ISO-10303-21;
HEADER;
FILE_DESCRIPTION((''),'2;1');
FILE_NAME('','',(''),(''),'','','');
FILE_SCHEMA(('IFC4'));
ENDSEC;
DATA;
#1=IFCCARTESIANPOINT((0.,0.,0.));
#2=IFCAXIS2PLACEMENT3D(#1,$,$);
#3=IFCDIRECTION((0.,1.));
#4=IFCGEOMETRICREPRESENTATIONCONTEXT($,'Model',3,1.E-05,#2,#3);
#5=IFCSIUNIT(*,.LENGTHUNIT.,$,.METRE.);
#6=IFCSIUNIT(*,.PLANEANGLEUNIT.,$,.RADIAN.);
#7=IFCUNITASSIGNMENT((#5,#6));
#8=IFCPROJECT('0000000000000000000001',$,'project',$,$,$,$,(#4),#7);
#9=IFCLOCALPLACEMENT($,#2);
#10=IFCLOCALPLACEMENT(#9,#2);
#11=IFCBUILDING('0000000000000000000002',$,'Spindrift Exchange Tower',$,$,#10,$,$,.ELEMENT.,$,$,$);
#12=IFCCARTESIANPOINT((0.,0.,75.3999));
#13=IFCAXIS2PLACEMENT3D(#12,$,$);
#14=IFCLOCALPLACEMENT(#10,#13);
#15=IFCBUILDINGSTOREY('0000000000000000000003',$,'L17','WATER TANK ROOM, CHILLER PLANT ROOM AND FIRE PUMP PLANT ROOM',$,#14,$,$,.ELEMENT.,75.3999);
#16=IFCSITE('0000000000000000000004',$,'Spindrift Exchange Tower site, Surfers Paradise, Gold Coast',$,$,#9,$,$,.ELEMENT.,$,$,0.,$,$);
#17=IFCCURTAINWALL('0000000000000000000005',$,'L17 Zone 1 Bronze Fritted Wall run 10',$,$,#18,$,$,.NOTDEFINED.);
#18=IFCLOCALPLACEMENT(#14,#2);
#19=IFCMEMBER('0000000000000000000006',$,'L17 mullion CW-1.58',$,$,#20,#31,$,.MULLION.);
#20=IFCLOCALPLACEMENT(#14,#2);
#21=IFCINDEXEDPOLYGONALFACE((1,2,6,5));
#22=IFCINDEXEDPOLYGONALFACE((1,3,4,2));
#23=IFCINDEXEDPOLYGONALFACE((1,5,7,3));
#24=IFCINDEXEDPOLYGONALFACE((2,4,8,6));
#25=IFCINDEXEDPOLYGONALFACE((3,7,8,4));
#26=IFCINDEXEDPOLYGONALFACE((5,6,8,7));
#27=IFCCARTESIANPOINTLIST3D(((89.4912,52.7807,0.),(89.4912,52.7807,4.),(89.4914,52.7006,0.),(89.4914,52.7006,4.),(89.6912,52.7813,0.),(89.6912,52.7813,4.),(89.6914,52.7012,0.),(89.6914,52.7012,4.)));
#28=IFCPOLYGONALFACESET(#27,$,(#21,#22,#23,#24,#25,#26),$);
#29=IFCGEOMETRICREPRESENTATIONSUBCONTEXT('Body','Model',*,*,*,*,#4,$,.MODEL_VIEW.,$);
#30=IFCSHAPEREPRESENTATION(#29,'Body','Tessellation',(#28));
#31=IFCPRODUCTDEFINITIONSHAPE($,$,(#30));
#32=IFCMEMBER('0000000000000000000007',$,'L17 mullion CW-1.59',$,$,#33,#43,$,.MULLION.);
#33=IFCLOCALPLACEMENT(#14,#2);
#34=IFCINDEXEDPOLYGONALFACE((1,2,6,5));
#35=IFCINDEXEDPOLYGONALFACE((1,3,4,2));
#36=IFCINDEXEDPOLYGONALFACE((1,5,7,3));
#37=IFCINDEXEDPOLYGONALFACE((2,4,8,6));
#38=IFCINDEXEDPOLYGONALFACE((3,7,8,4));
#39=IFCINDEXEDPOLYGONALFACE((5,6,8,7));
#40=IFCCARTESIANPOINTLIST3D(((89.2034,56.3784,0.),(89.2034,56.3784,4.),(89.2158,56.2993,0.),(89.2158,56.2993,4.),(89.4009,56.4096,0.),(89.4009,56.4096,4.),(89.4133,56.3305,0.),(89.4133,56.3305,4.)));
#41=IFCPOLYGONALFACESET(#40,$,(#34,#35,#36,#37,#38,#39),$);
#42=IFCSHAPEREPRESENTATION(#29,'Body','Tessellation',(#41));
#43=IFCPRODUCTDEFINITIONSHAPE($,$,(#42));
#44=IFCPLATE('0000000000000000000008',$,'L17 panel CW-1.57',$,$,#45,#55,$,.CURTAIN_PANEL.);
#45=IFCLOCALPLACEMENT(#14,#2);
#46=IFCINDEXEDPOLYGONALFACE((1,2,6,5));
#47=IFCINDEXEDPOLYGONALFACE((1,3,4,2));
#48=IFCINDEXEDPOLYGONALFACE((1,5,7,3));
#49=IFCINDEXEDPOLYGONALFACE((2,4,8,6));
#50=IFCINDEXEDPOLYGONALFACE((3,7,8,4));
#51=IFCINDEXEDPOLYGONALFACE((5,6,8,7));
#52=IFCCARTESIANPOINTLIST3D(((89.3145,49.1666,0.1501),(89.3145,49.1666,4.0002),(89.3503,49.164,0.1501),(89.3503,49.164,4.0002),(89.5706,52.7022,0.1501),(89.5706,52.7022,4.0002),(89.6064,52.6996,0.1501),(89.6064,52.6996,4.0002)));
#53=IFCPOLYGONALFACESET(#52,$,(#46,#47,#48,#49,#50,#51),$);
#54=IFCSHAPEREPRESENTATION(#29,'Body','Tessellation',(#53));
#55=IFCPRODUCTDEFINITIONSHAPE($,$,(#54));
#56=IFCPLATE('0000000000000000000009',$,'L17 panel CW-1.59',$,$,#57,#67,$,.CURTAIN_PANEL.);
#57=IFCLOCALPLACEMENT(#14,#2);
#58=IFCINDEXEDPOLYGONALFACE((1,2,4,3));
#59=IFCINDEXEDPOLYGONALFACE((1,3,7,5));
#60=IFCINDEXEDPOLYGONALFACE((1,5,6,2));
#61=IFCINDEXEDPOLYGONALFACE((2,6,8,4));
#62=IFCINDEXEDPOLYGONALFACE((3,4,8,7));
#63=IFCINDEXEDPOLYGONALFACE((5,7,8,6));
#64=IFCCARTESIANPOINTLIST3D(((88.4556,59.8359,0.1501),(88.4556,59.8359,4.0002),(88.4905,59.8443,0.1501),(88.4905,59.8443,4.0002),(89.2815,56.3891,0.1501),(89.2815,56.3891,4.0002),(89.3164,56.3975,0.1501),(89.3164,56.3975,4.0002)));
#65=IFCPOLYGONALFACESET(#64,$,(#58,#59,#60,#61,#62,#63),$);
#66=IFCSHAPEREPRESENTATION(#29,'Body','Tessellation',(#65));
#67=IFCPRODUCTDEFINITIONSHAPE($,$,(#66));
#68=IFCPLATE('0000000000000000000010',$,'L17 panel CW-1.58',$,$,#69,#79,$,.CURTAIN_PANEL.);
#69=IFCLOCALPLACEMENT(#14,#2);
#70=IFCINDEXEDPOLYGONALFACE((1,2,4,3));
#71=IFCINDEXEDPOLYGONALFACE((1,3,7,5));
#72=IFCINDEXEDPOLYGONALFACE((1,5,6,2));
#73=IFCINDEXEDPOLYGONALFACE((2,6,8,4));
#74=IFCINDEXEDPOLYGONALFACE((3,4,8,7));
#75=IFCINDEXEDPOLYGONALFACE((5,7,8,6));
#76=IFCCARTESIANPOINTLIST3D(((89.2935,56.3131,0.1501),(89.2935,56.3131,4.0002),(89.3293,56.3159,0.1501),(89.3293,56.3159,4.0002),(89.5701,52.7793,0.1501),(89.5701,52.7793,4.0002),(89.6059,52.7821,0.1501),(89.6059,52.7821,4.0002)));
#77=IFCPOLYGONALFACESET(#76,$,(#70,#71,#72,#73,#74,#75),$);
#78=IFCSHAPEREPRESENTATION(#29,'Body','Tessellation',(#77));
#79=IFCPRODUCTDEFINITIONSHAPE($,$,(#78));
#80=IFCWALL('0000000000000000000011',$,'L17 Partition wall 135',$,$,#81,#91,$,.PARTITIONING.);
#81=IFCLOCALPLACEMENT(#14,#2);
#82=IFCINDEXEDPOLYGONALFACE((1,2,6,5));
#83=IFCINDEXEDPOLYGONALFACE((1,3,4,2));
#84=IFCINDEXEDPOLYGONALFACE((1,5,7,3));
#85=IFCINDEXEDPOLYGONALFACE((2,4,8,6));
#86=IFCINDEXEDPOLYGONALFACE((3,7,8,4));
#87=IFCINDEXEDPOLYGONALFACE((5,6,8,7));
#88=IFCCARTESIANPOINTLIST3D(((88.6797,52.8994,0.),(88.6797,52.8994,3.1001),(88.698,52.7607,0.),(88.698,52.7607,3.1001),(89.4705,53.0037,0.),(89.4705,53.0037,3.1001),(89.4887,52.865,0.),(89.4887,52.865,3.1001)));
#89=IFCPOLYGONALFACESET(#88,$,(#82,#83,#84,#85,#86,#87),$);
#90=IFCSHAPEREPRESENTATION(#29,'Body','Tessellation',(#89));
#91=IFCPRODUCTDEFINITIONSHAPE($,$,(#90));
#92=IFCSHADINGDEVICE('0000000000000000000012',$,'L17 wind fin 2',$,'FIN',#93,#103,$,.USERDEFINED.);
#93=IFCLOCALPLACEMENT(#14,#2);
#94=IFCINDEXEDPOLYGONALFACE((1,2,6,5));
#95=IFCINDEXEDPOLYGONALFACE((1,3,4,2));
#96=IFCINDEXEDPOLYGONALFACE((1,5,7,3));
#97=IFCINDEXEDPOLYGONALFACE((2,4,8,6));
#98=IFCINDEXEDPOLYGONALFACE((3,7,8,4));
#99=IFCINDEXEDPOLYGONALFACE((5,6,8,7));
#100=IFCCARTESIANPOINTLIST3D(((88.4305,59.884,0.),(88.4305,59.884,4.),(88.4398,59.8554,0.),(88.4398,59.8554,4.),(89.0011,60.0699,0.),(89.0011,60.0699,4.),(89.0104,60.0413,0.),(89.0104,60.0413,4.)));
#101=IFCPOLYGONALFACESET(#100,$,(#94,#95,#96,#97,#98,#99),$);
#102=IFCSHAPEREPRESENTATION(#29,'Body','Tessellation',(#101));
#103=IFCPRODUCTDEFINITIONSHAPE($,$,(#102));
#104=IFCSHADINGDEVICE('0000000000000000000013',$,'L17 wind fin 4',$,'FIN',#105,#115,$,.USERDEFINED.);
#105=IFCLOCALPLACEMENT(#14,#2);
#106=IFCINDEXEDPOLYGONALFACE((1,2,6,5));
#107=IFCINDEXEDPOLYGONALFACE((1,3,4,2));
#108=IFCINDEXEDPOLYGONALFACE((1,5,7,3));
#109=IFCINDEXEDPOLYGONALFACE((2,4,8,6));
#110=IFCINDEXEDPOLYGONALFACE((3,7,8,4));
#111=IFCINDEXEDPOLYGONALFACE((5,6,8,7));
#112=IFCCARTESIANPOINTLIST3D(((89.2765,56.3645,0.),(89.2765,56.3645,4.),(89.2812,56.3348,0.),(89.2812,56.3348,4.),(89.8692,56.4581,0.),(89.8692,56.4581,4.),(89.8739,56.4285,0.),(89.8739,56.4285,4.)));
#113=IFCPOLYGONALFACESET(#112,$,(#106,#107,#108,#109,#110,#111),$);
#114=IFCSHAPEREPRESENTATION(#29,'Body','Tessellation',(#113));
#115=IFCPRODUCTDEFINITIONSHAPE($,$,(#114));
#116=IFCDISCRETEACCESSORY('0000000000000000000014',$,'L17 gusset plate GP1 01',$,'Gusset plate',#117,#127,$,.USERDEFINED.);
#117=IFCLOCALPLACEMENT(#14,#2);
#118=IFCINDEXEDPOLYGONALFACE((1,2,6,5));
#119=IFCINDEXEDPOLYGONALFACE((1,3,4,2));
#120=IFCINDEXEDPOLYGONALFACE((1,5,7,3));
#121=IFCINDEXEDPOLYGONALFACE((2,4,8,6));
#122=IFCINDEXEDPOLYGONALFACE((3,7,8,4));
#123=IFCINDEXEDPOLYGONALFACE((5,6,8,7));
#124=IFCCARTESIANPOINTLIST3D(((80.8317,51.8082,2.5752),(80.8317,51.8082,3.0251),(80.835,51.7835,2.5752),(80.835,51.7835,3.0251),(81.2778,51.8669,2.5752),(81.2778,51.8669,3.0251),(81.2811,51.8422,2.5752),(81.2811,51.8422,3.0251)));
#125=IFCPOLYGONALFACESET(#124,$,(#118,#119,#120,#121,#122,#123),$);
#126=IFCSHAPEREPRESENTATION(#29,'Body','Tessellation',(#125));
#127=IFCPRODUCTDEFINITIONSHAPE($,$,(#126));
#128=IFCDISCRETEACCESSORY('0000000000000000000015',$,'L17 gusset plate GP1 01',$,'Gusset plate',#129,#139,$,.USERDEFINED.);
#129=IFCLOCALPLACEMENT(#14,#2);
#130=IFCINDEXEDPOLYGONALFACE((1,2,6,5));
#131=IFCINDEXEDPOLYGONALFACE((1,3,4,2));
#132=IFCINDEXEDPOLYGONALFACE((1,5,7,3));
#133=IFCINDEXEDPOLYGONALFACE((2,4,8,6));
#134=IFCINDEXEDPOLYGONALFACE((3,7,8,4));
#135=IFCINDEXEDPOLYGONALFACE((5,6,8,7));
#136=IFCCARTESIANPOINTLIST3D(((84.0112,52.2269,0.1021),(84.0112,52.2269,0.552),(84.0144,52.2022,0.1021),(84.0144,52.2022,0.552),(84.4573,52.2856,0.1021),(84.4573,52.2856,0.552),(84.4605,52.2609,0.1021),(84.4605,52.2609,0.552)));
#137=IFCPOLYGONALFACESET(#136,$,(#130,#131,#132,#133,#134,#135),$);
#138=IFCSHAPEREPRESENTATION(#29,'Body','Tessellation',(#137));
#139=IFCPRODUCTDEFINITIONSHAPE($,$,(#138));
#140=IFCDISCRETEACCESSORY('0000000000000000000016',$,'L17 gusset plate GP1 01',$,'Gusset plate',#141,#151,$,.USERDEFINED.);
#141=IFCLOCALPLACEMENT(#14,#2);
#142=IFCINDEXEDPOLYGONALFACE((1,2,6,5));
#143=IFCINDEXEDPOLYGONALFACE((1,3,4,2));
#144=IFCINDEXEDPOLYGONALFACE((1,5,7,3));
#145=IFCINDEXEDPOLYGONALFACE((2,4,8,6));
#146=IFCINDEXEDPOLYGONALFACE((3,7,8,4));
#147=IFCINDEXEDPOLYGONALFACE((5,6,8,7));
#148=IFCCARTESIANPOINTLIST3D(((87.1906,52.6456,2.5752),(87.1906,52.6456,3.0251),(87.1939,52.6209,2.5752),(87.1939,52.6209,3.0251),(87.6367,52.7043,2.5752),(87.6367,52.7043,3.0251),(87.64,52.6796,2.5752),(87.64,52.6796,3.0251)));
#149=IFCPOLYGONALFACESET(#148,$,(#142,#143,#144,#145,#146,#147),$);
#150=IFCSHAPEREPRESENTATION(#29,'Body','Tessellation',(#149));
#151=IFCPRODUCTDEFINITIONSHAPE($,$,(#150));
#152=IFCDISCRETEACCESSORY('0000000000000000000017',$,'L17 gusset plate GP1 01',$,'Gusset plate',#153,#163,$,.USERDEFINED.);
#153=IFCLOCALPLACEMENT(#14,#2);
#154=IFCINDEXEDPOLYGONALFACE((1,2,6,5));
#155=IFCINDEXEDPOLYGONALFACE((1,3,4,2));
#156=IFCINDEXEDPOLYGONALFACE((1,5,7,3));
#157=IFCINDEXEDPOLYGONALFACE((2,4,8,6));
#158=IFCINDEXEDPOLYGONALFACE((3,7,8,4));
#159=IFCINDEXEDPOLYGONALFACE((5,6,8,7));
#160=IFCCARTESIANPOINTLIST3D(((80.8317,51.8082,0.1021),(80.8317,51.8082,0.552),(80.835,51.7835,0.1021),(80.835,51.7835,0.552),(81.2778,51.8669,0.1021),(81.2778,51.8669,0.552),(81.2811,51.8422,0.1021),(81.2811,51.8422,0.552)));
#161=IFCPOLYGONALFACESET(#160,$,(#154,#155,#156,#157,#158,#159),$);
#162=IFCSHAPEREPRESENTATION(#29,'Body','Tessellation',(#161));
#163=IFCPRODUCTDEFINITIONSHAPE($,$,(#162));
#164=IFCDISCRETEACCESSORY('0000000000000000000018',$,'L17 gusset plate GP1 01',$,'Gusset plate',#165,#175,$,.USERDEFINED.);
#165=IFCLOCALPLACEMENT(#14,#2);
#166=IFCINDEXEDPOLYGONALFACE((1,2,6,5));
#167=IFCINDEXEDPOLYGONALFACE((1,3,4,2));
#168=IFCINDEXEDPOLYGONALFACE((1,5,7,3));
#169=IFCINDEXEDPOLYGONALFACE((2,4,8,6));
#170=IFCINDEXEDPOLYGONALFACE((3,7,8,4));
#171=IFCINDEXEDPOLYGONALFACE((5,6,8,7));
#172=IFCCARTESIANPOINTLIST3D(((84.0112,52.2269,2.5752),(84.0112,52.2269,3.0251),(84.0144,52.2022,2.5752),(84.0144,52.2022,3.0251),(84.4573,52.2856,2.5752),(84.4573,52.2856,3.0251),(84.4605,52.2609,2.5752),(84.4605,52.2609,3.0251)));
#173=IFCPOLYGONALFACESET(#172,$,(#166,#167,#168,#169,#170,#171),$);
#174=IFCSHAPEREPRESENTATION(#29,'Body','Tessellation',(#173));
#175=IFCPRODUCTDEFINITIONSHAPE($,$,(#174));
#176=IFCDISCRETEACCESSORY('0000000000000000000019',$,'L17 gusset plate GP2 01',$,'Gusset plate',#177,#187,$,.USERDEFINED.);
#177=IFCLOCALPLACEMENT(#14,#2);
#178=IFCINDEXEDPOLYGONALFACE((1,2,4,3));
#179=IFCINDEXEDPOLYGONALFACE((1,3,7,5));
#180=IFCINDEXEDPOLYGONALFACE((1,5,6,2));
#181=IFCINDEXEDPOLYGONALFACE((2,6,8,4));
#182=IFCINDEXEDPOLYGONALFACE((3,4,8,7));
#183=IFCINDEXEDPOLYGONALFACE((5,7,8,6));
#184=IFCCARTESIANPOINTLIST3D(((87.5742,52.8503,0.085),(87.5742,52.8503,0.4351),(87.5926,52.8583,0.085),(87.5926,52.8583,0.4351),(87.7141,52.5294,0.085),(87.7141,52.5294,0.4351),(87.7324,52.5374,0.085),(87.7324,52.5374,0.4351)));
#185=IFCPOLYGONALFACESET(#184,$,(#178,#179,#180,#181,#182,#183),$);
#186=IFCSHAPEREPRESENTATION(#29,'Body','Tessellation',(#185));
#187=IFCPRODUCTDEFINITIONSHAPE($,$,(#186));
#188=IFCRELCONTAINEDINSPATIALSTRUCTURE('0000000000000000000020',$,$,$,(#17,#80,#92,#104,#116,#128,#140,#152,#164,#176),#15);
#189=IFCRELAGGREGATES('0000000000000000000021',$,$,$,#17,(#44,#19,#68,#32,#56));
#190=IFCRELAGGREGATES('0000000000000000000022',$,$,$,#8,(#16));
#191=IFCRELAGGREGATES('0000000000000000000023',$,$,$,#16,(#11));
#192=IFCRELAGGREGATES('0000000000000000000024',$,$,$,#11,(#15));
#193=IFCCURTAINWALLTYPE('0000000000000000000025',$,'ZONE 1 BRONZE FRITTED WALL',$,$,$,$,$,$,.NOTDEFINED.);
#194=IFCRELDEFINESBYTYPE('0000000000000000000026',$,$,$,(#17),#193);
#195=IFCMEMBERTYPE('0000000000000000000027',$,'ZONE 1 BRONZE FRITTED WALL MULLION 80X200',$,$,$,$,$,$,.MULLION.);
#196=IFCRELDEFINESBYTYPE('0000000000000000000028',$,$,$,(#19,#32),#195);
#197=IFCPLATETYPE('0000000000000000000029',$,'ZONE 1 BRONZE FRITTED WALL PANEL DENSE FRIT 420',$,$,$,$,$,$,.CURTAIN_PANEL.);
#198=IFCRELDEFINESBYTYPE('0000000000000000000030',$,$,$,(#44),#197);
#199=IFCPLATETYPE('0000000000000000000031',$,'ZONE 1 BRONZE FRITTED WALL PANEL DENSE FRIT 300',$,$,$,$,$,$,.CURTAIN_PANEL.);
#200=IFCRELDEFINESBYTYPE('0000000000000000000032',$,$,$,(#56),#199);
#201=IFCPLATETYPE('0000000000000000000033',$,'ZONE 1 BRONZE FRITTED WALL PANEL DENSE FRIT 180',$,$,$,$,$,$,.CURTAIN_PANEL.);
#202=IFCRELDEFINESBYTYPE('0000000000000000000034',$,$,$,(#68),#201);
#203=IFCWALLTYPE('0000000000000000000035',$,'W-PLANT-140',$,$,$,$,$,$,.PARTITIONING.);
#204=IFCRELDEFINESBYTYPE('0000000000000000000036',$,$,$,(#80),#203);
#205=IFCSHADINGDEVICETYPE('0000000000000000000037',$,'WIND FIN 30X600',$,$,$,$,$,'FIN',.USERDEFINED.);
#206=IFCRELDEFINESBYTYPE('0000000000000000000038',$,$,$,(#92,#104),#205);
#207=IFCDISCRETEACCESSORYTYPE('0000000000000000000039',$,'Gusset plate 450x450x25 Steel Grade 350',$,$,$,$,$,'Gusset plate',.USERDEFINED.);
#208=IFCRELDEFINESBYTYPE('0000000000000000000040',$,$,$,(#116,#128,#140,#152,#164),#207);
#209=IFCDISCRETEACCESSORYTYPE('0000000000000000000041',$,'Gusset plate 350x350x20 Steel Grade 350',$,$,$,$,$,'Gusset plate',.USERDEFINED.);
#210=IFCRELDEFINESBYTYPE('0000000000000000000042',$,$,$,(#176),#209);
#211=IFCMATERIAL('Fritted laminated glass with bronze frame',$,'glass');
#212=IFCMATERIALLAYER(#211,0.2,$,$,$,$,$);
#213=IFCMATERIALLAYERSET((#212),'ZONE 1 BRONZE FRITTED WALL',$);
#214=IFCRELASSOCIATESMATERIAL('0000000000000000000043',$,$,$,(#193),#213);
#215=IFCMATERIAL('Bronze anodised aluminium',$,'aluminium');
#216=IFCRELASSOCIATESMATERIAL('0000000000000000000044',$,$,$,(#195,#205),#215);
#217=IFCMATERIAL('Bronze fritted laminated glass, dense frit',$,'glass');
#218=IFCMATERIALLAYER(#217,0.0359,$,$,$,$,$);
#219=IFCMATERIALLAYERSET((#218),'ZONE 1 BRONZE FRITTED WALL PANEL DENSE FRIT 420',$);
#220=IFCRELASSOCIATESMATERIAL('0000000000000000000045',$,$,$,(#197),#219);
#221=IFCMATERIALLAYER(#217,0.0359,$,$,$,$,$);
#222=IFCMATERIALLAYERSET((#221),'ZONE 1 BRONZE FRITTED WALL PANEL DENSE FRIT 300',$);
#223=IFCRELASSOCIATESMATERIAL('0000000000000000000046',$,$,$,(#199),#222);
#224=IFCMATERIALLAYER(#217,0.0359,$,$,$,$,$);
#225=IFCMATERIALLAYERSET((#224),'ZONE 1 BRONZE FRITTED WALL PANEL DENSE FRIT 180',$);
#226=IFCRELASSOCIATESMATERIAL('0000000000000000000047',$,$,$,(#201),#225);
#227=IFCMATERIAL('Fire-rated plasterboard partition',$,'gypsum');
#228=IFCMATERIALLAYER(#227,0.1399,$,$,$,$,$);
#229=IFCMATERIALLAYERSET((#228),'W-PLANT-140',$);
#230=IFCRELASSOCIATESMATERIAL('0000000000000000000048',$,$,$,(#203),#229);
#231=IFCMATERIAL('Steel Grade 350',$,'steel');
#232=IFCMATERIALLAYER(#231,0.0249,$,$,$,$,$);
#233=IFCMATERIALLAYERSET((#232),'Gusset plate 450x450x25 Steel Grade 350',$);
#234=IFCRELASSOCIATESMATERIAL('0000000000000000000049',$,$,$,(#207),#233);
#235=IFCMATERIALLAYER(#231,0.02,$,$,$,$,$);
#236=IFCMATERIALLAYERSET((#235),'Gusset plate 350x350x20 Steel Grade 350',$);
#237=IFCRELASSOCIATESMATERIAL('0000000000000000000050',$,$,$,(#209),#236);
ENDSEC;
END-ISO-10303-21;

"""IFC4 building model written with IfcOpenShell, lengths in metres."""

from ifc_helpers import new_model, si_unit, direction, frame, frame_2d, origin, origin_2d, place, context, subcontext, project, spatial, rectangle, extrude, source, transform, mapped, material, layer, layer_set, material_profile, profile_set, type_object, element, aggregate, save


model = new_model("IFC4")

# Units and contexts
model_context = context("Model", 3, precision=1e-05, world=origin(), true_north=direction((0.0, 1.0)))
body_context = subcontext(model_context, "Body", "Model", "MODEL_VIEW")
ifc_project = project(units=[si_unit("LENGTHUNIT", "METRE"), si_unit("PLANEANGLEUNIT", "RADIAN")], contexts=[model_context])

# Site, building, storey
site_placement = place(None, origin())
site = spatial("IfcSite", under=ifc_project, at=site_placement, Name="Spindrift Exchange Tower site, Surfers Paradise, Gold Coast", CompositionType="ELEMENT", RefElevation=0.0)
building_placement = place(site_placement, origin())
building = spatial("IfcBuilding", under=site, at=building_placement, Name="Spindrift Exchange Tower", CompositionType="ELEMENT")
storey_placement = place(building_placement, frame((0.0, 0.0, 75.3999)))
storey = spatial("IfcBuildingStorey", under=building, at=storey_placement, Name="L17", Description="WATER TANK ROOM, CHILLER PLANT ROOM AND FIRE PUMP PLANT ROOM", CompositionType="ELEMENT", Elevation=75.3999)

# Shared definitions
ifc_material_1 = material(Name="Steel Grade 350", Category="steel")

# Shared definitions
ifc_material_2 = material(Name="Fritted laminated glass with bronze frame", Category="glass")
ifc_layer_1 = layer(ifc_material_2, 0.2)
ifc_layer_set_1 = layer_set([ifc_layer_1], Name="ZONE 1 BRONZE FRITTED WALL")
curtain_wall_type = type_object("IfcCurtainWallType", Name="ZONE 1 BRONZE FRITTED WALL", PredefinedType="NOTDEFINED", material=ifc_layer_set_1)
ifc_material_3 = material(Name="Bronze anodised aluminium", Category="aluminium")

# Curtain wall
curtain_wall_1_placement = place(storey_placement, origin())
curtain_wall_1 = element("IfcCurtainWall", 1, at=curtain_wall_1_placement, inside=storey, type_object=curtain_wall_type, Name="L17 Zone 1 Bronze Fritted Wall run 10", PredefinedType="NOTDEFINED")

# Members
ifc_material_profile_1 = material_profile(ifc_material_3, rectangle(XDim=0.0801, YDim=0.2, at=origin_2d()), Name="ZONE 1 BRONZE FRITTED WALL MULLION 80X200")
ifc_profile_set_1 = profile_set([ifc_material_profile_1], Name="Bronze anodised aluminium")
member_type_1 = type_object("IfcMemberType", Name="ZONE 1 BRONZE FRITTED WALL MULLION 80X200", PredefinedType="MULLION", material=ifc_profile_set_1)
shared_shape_1 = source(origin(), body_context, "Body", "SweptSolid", [
    extrude(rectangle(XDim=0.0801, YDim=0.2, at=origin_2d()), origin(), (0.0, 0.0, 1.0), 4.0),
])
member_1_placement = place(storey_placement, frame((89.5913, 52.741, 0.0), z_axis=(0.0, 0.0, 1.0), x_axis=(-0.002908, 0.999996, 0.0)))
member_1 = element("IfcMember", 2, at=member_1_placement, type_object=member_type_1, Name="L17 mullion CW-1.58", PredefinedType="MULLION", context=body_context, shape_type="MappedRepresentation", body=[
    mapped(shared_shape_1, transform((0.0, 0.0, 0.0), scale=1.0)),
])
member_2_placement = place(storey_placement, frame((89.3083, 56.3545, 0.0), z_axis=(0.0, 0.0, 1.0), x_axis=(-0.156022, 0.987754, 0.0)))
member_2 = element("IfcMember", 3, at=member_2_placement, type_object=member_type_1, Name="L17 mullion CW-1.59", PredefinedType="MULLION", context=body_context, shape_type="MappedRepresentation", body=[
    mapped(shared_shape_1, transform((0.0, 0.0, 0.0), scale=1.0)),
])

# Plates
ifc_material_4 = material(Name="Bronze fritted laminated glass, dense frit", Category="glass")
ifc_layer_2 = layer(ifc_material_4, 0.0359)
ifc_layer_set_2 = layer_set([ifc_layer_2], Name="ZONE 1 BRONZE FRITTED WALL PANEL DENSE FRIT 420")
plate_type_1 = type_object("IfcPlateType", Name="ZONE 1 BRONZE FRITTED WALL PANEL DENSE FRIT 420", PredefinedType="CURTAIN_PANEL", material=ifc_layer_set_2)
shared_shape_2 = source(origin(), body_context, "Body", "SweptSolid", [
    extrude(rectangle(XDim=3.5449, YDim=0.0359, at=origin_2d()), origin(), (0.0, 0.0, 1.0), 3.8501),
])
plate_1_placement = place(storey_placement, frame((89.4604, 50.9331, 0.1501), z_axis=(0.0, 0.0, 1.0), x_axis=(0.072249, 0.997387, 0.0)))
plate_1 = element("IfcPlate", 4, at=plate_1_placement, type_object=plate_type_1, Name="L17 panel CW-1.57", PredefinedType="CURTAIN_PANEL", context=body_context, shape_type="MappedRepresentation", body=[
    mapped(shared_shape_2, transform((0.0, 0.0, 0.0), scale=1.0)),
])
ifc_layer_3 = layer(ifc_material_4, 0.0359)
ifc_layer_set_3 = layer_set([ifc_layer_3], Name="ZONE 1 BRONZE FRITTED WALL PANEL DENSE FRIT 300")
plate_type_2 = type_object("IfcPlateType", Name="ZONE 1 BRONZE FRITTED WALL PANEL DENSE FRIT 300", PredefinedType="CURTAIN_PANEL", material=ifc_layer_set_3)
shared_shape_3 = source(origin(), body_context, "Body", "SweptSolid", [
    extrude(rectangle(XDim=3.5444, YDim=0.0359, at=origin_2d()), origin(), (0.0, 0.0, 1.0), 3.8501),
])
plate_2_placement = place(storey_placement, frame((88.886, 58.1167, 0.1501), z_axis=(0.0, 0.0, 1.0), x_axis=(-0.233033, 0.972469, 0.0)))
plate_2 = element("IfcPlate", 5, at=plate_2_placement, type_object=plate_type_2, Name="L17 panel CW-1.59", PredefinedType="CURTAIN_PANEL", context=body_context, shape_type="MappedRepresentation", body=[
    mapped(shared_shape_3, transform((0.0, 0.0, 0.0), scale=1.0)),
])
ifc_layer_4 = layer(ifc_material_4, 0.0359)
ifc_layer_set_4 = layer_set([ifc_layer_4], Name="ZONE 1 BRONZE FRITTED WALL PANEL DENSE FRIT 180")
plate_type_3 = type_object("IfcPlateType", Name="ZONE 1 BRONZE FRITTED WALL PANEL DENSE FRIT 180", PredefinedType="CURTAIN_PANEL", material=ifc_layer_set_4)
shared_shape_4 = source(origin(), body_context, "Body", "SweptSolid", [
    extrude(rectangle(XDim=3.5447, YDim=0.0359, at=origin_2d()), origin(), (0.0, 0.0, 1.0), 3.8501),
])
plate_3_placement = place(storey_placement, frame((89.4497, 54.5476, 0.1501), z_axis=(0.0, 0.0, 1.0), x_axis=(-0.078048, 0.99695, 0.0)))
plate_3 = element("IfcPlate", 6, at=plate_3_placement, type_object=plate_type_3, Name="L17 panel CW-1.58", PredefinedType="CURTAIN_PANEL", context=body_context, shape_type="MappedRepresentation", body=[
    mapped(shared_shape_4, transform((0.0, 0.0, 0.0), scale=1.0)),
])
aggregate(curtain_wall_1, [plate_1, member_1, plate_3, member_2, plate_2])

# Wall
ifc_material_5 = material(Name="Fire-rated plasterboard partition", Category="gypsum")
ifc_layer_5 = layer(ifc_material_5, 0.1399)
ifc_layer_set_5 = layer_set([ifc_layer_5], Name="W-PLANT-140")
wall_type = type_object("IfcWallType", Name="W-PLANT-140", PredefinedType="PARTITIONING", material=ifc_layer_set_5)
wall_placement = place(storey_placement, frame((88.6887, 52.8301, 0.0), z_axis=(0.0, 0.0, 1.0), x_axis=(0.991422, 0.1307, 0.0)))
element("IfcWall", 7, at=wall_placement, inside=storey, type_object=wall_type, Name="L17 Partition wall 135", PredefinedType="PARTITIONING", context=body_context, shape_type="SweptSolid", body=[
    extrude(rectangle(XDim=0.7976, YDim=0.1399, at=frame_2d((0.3989, 0.0))), origin(), (0.0, 0.0, 1.0), 3.1001),
])

# Shading devices
ifc_material_profile_2 = material_profile(ifc_material_3, rectangle(XDim=0.03, YDim=0.6001, at=origin_2d()), Name="WIND FIN 30X600")
ifc_profile_set_2 = profile_set([ifc_material_profile_2], Name="Bronze anodised aluminium")
shading_device_type = type_object("IfcShadingDeviceType", Name="WIND FIN 30X600", ElementType="FIN", PredefinedType="USERDEFINED", material=ifc_profile_set_2)
shared_shape_5 = source(origin(), body_context, "Body", "SweptSolid", [
    extrude(rectangle(XDim=0.03, YDim=0.6001, at=origin_2d()), origin(), (0.0, 0.0, 1.0), 4.0),
])
for number, where, z_axis, x_axis, name in (
    (8, (88.7205, 59.9626, 0.0), (0.0, 0.0, 1.0), (-0.309757, 0.950816, 0.0), "L17 wind fin 2"),
    (9, (89.5752, 56.3965, 0.0), (0.0, 0.0, 1.0), (-0.156022, 0.987754, 0.0), "L17 wind fin 4"),
):
    element("IfcShadingDevice", number, at=place(storey_placement, frame(where, z_axis=z_axis, x_axis=x_axis)), inside=storey, type_object=shading_device_type, Name=name, ObjectType="FIN", PredefinedType="USERDEFINED", context=body_context, shape_type="MappedRepresentation", body=[
        mapped(shared_shape_5, transform((0.0, 0.0, 0.0), scale=1.0)),
    ])

# Discrete accessories
ifc_layer_6 = layer(ifc_material_1, 0.0249)
ifc_layer_set_6 = layer_set([ifc_layer_6], Name="Gusset plate 450x450x25 Steel Grade 350")
discrete_accessory_type_1 = type_object("IfcDiscreteAccessoryType", Name="Gusset plate 450x450x25 Steel Grade 350", ElementType="Gusset plate", PredefinedType="USERDEFINED", material=ifc_layer_set_6)
shared_shape_6 = source(origin(), body_context, "Body", "SweptSolid", [
    extrude(rectangle(XDim=0.45, YDim=0.0249, at=origin_2d()), origin(), (0.0, 0.0, 1.0), 0.45),
])
for number, where, z_axis, x_axis, name in (
    (10, (81.0564, 51.8252, 2.5752), (0.0, 0.0, 1.0), (0.991446, 0.130516, 0.0), "L17 gusset plate GP1 01"),
    (11, (84.2358, 52.2439, 0.1021), (0.0, 0.0, 1.0), (0.991444, 0.13053, 0.0), "L17 gusset plate GP1 01"),
    (12, (87.4153, 52.6626, 2.5752), (0.0, 0.0, 1.0), (0.991445, 0.130526, 0.0), "L17 gusset plate GP1 01"),
    (13, (81.0564, 51.8252, 0.1021), (0.0, 0.0, 1.0), (0.991445, 0.130526, 0.0), "L17 gusset plate GP1 01"),
    (14, (84.2358, 52.2439, 2.5752), (0.0, 0.0, 1.0), (0.991445, 0.130526, 0.0), "L17 gusset plate GP1 01"),
):
    element("IfcDiscreteAccessory", number, at=place(storey_placement, frame(where, z_axis=z_axis, x_axis=x_axis)), inside=storey, type_object=discrete_accessory_type_1, Name=name, ObjectType="Gusset plate", PredefinedType="USERDEFINED", context=body_context, shape_type="MappedRepresentation", body=[
        mapped(shared_shape_6, transform((0.0, 0.0, 0.0), scale=1.0)),
    ])
ifc_layer_7 = layer(ifc_material_1, 0.02)
ifc_layer_set_7 = layer_set([ifc_layer_7], Name="Gusset plate 350x350x20 Steel Grade 350")
discrete_accessory_type_2 = type_object("IfcDiscreteAccessoryType", Name="Gusset plate 350x350x20 Steel Grade 350", ElementType="Gusset plate", PredefinedType="USERDEFINED", material=ifc_layer_set_7)
shared_shape_7 = source(origin(), body_context, "Body", "SweptSolid", [
    extrude(rectangle(XDim=0.3501, YDim=0.02, at=origin_2d()), origin(), (0.0, 0.0, 1.0), 0.3501),
])
for number, where, z_axis, x_axis, name in (
    (15, (87.6533, 52.6938, 0.085), (0.0, 0.0, 1.0), (-0.399464, 0.916749, 0.0), "L17 gusset plate GP2 01"),
):
    element("IfcDiscreteAccessory", number, at=place(storey_placement, frame(where, z_axis=z_axis, x_axis=x_axis)), inside=storey, type_object=discrete_accessory_type_2, Name=name, ObjectType="Gusset plate", PredefinedType="USERDEFINED", context=body_context, shape_type="MappedRepresentation", body=[
        mapped(shared_shape_7, transform((0.0, 0.0, 0.0), scale=1.0)),
    ])

save(model, "model.ifc")
